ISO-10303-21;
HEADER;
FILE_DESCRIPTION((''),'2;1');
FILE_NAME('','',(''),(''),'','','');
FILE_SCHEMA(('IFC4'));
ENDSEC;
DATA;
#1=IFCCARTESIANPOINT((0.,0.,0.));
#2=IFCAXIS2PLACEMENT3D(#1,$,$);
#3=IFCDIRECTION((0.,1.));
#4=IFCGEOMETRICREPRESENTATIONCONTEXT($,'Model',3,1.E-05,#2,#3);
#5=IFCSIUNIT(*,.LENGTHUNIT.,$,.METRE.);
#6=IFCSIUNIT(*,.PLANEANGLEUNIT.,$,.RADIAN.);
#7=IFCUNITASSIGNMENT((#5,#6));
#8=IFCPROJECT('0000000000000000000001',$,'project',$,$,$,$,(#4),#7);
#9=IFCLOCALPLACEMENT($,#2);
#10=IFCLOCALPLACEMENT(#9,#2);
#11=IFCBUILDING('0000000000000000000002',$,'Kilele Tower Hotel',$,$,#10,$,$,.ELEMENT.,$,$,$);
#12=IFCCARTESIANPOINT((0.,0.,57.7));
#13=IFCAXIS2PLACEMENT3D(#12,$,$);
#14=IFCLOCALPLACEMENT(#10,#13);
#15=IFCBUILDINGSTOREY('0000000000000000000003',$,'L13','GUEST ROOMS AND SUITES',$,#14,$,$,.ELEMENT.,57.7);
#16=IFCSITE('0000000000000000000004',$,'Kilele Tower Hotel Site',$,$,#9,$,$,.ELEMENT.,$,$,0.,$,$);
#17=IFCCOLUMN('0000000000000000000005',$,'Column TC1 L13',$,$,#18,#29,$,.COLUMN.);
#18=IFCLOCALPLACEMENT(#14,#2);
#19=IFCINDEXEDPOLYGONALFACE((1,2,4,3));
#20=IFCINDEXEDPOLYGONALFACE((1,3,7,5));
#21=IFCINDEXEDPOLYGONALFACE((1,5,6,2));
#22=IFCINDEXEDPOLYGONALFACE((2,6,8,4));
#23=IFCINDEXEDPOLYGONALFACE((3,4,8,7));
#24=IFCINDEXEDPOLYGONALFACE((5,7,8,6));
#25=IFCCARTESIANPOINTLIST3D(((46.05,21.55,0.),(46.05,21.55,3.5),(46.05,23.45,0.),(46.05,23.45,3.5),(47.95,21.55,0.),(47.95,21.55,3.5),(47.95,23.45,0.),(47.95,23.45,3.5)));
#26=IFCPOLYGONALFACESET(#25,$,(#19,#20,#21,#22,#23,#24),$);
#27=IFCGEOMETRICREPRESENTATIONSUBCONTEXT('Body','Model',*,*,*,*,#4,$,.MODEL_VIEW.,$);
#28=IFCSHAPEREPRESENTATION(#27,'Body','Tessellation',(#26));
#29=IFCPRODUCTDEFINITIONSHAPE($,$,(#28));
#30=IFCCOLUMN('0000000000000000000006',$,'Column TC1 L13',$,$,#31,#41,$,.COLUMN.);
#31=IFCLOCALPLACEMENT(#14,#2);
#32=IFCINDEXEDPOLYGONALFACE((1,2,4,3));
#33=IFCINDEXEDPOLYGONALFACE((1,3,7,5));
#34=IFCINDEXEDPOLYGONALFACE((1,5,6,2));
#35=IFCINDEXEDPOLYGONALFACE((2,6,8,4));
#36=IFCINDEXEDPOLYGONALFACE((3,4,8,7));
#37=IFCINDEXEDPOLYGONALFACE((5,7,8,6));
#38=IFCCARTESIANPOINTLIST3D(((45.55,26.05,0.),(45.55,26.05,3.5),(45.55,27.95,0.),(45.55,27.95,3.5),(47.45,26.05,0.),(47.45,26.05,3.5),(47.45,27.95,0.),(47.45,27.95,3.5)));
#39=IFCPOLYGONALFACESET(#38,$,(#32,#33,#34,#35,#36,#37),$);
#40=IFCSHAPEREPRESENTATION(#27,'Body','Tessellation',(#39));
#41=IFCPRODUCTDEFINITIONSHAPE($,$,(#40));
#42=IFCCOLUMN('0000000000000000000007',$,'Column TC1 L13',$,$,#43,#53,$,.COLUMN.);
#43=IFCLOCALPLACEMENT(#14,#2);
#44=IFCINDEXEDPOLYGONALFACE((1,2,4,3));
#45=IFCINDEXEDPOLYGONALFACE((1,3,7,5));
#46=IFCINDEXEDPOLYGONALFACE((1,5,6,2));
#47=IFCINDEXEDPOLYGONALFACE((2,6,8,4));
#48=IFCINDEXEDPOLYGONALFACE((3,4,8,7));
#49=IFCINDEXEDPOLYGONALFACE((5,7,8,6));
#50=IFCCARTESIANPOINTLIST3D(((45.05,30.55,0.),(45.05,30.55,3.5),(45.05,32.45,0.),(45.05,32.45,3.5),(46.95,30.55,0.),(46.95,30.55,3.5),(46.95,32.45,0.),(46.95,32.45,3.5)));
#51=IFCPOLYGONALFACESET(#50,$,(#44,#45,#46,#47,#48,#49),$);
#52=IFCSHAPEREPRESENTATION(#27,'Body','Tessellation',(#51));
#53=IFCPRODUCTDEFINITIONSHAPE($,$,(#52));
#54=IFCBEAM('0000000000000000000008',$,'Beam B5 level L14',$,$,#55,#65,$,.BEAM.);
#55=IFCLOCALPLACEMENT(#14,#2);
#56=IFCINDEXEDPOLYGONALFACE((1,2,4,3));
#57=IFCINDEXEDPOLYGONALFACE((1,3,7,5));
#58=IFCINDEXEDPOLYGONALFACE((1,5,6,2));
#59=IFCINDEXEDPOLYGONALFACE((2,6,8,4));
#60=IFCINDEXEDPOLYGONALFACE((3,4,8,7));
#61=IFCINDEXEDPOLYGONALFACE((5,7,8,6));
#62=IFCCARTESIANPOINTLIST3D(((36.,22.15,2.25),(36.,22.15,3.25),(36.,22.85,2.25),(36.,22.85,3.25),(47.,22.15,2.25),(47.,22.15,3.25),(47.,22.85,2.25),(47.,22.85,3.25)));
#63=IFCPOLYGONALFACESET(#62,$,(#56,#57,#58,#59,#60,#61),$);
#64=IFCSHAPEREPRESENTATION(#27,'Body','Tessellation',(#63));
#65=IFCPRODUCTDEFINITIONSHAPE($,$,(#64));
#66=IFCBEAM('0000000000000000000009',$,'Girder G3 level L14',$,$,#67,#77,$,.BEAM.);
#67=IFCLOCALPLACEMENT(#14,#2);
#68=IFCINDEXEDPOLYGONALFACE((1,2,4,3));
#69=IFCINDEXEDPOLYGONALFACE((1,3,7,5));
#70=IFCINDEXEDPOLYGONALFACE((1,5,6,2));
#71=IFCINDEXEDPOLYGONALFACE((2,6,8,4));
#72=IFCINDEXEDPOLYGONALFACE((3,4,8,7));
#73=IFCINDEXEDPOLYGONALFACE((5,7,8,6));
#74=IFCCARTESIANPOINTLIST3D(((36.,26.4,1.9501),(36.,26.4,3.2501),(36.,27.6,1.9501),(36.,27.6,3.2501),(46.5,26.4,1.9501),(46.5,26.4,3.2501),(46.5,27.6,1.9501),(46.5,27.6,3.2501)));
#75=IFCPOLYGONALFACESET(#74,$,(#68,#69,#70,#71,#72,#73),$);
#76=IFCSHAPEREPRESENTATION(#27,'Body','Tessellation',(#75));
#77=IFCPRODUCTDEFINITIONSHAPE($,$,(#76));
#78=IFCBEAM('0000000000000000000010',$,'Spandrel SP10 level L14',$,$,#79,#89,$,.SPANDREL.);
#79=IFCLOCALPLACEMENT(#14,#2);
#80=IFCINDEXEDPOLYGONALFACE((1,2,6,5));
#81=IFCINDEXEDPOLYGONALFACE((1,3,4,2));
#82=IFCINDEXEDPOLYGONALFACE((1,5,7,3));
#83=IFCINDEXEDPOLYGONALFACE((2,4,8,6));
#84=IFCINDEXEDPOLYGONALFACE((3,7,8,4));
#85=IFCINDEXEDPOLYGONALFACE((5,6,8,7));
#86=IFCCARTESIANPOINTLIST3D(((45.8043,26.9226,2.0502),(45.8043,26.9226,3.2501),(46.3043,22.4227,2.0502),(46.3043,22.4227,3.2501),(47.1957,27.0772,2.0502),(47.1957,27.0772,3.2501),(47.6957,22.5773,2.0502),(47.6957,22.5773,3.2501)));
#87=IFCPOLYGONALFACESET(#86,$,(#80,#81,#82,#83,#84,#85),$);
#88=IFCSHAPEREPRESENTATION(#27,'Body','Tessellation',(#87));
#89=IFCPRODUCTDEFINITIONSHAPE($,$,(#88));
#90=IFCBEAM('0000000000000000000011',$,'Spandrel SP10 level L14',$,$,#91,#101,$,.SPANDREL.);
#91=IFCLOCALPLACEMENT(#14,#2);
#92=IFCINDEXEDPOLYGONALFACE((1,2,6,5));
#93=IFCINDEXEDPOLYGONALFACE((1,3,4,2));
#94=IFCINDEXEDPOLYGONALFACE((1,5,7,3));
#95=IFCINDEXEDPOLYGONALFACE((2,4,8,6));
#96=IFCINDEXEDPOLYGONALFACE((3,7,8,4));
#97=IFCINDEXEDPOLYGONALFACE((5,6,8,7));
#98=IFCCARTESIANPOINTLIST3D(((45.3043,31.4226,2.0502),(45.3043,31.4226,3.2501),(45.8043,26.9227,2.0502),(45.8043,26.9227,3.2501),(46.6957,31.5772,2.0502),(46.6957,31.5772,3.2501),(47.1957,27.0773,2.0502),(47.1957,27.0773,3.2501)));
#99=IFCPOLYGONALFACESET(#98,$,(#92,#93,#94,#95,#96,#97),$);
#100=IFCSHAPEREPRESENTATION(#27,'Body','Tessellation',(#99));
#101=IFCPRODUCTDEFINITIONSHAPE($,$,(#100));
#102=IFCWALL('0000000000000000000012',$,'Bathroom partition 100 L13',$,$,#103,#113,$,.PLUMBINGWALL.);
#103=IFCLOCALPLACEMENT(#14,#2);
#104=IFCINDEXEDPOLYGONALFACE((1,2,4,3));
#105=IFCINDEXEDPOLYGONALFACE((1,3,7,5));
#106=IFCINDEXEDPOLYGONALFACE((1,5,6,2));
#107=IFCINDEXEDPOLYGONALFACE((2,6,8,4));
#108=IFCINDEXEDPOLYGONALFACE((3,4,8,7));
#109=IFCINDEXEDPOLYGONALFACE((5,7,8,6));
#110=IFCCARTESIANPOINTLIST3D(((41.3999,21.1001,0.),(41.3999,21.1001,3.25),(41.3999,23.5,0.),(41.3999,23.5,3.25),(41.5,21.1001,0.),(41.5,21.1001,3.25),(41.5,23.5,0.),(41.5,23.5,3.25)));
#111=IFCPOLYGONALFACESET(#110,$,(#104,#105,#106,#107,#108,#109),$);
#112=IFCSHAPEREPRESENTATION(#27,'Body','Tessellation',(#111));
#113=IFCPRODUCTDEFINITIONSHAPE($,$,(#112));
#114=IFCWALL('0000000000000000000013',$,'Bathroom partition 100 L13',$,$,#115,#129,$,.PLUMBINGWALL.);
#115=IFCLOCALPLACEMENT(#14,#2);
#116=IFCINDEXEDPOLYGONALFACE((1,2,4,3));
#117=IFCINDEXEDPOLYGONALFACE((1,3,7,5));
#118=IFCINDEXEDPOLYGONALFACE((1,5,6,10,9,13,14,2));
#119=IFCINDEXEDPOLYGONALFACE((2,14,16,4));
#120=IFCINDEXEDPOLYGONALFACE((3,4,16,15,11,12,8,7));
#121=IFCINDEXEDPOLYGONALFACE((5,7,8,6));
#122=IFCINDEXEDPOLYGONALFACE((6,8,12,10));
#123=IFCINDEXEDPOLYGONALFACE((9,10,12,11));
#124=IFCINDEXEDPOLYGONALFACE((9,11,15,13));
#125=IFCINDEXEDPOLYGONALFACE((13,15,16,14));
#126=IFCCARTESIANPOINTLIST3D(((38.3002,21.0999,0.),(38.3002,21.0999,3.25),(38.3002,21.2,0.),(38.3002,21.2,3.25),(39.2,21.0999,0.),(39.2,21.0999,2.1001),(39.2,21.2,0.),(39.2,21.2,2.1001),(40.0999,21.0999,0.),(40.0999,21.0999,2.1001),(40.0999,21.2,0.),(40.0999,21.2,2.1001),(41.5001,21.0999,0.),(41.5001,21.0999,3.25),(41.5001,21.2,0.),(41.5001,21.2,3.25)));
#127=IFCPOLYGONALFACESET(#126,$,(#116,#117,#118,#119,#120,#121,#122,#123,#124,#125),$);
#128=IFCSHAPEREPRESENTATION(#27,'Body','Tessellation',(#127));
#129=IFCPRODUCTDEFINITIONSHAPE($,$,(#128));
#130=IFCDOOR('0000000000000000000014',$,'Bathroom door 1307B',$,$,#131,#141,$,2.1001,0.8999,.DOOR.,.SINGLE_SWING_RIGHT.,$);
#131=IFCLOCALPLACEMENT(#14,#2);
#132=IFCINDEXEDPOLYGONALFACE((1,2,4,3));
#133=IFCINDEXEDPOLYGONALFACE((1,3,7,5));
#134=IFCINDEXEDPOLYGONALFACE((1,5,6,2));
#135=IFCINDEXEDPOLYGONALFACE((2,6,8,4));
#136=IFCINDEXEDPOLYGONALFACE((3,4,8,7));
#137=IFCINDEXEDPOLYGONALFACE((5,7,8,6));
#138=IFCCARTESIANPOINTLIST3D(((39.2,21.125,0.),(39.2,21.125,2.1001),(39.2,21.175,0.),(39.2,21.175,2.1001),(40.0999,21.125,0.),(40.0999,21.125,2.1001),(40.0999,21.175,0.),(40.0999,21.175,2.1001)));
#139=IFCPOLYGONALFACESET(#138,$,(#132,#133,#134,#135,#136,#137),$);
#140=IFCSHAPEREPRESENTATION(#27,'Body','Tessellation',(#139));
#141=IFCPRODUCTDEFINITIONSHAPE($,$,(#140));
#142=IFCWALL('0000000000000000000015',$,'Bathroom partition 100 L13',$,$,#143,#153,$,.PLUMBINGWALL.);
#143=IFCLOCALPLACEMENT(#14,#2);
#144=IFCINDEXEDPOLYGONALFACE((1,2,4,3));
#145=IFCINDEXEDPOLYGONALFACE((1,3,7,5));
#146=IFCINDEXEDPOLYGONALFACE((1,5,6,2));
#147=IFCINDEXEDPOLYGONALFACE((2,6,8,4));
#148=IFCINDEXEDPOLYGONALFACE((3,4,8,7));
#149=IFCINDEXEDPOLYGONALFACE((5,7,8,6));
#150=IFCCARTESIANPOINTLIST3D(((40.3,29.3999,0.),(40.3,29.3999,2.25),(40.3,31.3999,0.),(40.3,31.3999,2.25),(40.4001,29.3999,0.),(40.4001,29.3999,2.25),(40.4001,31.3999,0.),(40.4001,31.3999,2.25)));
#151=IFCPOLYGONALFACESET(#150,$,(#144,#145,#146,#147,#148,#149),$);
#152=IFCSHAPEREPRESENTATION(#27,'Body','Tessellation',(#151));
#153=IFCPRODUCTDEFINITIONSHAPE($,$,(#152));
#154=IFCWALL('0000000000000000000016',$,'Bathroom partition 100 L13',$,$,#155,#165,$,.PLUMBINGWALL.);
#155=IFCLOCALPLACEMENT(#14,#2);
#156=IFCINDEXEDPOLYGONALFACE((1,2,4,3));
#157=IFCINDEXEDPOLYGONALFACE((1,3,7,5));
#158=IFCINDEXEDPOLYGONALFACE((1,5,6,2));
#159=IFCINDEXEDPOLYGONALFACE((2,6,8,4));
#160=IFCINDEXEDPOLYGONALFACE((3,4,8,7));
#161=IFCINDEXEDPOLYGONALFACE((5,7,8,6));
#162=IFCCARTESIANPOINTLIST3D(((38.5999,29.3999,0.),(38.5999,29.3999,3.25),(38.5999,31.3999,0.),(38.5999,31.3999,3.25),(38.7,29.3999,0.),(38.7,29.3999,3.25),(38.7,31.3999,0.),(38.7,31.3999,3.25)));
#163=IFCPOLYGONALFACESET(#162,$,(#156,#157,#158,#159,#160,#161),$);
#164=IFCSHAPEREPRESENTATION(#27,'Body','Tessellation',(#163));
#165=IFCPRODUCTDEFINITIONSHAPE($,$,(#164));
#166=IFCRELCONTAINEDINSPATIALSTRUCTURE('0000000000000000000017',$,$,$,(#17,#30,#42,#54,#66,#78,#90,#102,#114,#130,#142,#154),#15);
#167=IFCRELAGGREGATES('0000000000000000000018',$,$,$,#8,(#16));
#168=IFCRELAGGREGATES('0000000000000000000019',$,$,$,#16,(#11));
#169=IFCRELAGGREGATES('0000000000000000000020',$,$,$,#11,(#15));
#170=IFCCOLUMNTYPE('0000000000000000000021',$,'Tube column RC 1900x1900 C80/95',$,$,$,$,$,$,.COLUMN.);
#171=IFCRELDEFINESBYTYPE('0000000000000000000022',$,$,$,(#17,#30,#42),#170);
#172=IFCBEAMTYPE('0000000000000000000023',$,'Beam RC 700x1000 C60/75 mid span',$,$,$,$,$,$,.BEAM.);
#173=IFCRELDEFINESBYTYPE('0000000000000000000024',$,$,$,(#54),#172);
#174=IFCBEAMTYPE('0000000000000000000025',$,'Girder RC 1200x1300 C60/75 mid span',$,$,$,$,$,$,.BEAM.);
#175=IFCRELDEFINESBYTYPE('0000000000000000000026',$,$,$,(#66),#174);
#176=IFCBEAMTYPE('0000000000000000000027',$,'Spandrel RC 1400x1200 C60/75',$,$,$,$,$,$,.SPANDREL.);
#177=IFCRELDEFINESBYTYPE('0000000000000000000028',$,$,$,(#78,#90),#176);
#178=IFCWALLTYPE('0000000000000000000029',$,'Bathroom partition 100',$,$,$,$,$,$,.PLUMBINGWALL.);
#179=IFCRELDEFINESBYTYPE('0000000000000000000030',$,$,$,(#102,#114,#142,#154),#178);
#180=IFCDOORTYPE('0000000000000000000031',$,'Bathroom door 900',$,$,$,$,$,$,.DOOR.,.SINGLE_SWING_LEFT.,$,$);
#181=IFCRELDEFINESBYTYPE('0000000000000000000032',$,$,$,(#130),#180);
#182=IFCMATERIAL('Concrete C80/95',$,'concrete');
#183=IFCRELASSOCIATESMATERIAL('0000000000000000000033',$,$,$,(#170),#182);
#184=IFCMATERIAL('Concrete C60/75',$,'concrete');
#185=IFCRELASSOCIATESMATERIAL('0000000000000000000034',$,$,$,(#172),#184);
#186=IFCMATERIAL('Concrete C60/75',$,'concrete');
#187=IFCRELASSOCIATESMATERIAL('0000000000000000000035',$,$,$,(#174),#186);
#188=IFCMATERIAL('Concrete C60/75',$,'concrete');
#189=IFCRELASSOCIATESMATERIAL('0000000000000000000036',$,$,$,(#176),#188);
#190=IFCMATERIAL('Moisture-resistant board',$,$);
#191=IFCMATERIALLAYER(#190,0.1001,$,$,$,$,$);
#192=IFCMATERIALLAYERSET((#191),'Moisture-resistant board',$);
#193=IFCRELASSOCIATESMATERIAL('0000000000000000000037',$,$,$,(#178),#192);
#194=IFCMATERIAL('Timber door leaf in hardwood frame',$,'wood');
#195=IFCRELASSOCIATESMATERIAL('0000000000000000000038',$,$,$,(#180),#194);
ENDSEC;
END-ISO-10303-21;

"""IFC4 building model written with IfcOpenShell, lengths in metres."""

from ifc_helpers import new_model, si_unit, direction, frame, frame_2d, origin, origin_2d, place, context, subcontext, project, spatial, rectangle, extrude, material, layer, layer_set, material_profile, profile_set, type_object, element, fill, save


model = new_model("IFC4")

# Units and contexts
model_context = context("Model", 3, precision=1e-05, world=origin(), true_north=direction((0.0, 1.0)))
body_context = subcontext(model_context, "Body", "Model", "MODEL_VIEW")
ifc_project = project(units=[si_unit("LENGTHUNIT", "METRE"), si_unit("PLANEANGLEUNIT", "RADIAN")], contexts=[model_context])

# Site, building, storey
site_placement = place(None, origin())
site = spatial("IfcSite", under=ifc_project, at=site_placement, Name="Kilele Tower Hotel Site", CompositionType="ELEMENT", RefElevation=0.0)
building_placement = place(site_placement, origin())
building = spatial("IfcBuilding", under=site, at=building_placement, Name="Kilele Tower Hotel", CompositionType="ELEMENT")
storey_placement = place(building_placement, frame((0.0, 0.0, 57.7)))
storey = spatial("IfcBuildingStorey", under=building, at=storey_placement, Name="L13", Description="GUEST ROOMS AND SUITES", CompositionType="ELEMENT", Elevation=57.7)

# Columns
ifc_material_1 = material(Name="Concrete C80/95", Category="concrete")
ifc_material_profile_1 = material_profile(ifc_material_1, rectangle(XDim=1.8999, YDim=1.8999, at=origin_2d()))
ifc_profile_set_1 = profile_set([ifc_material_profile_1], Name="Concrete C80/95")
column_type = type_object("IfcColumnType", Name="Tube column RC 1900x1900 C80/95", PredefinedType="COLUMN", material=ifc_profile_set_1)
for number, where, z_axis, x_axis, name in (
    (1, (47.0, 22.5, 0.0), (0.0, 0.0, 1.0), (1.0, 0.0, 0.0), "Column TC1 L13"),
    (2, (46.5, 27.0, 0.0), (0.0, 0.0, 1.0), (1.0, 0.0, 0.0), "Column TC1 L13"),
    (3, (46.0, 31.5, 0.0), (0.0, 0.0, 1.0), (1.0, 0.0, 0.0), "Column TC1 L13"),
):
    element("IfcColumn", number, at=place(storey_placement, frame(where, z_axis=z_axis, x_axis=x_axis)), inside=storey, type_object=column_type, Name=name, PredefinedType="COLUMN", context=body_context, shape_type="SweptSolid", body=[
        extrude(rectangle(XDim=1.8999, YDim=1.8999, at=origin_2d()), origin(), (0.0, 0.0, 1.0), 3.5),
    ])

# Beams
ifc_material_2 = material(Name="Concrete C60/75", Category="concrete")
ifc_material_profile_2 = material_profile(ifc_material_2, rectangle(XDim=0.7, YDim=1.0, at=origin_2d()))
ifc_profile_set_2 = profile_set([ifc_material_profile_2], Name="Concrete C60/75")
beam_type_1 = type_object("IfcBeamType", Name="Beam RC 700x1000 C60/75 mid span", PredefinedType="BEAM", material=ifc_profile_set_2)
beam_1_placement = place(storey_placement, frame((47.0, 22.5, 2.75), z_axis=(-1.0, 0.0, 0.0), x_axis=(0.0, -1.0, 0.0)))
element("IfcBeam", 4, at=beam_1_placement, inside=storey, type_object=beam_type_1, Name="Beam B5 level L14", PredefinedType="BEAM", context=body_context, shape_type="SweptSolid", body=[
    extrude(rectangle(XDim=0.7, YDim=1.0, at=origin_2d()), origin(), (0.0, 0.0, 1.0), 11.0),
])
ifc_material_3 = material(Name="Concrete C60/75", Category="concrete")
ifc_material_profile_3 = material_profile(ifc_material_3, rectangle(XDim=1.2, YDim=1.3, at=origin_2d()))
ifc_profile_set_3 = profile_set([ifc_material_profile_3], Name="Concrete C60/75")
beam_type_2 = type_object("IfcBeamType", Name="Girder RC 1200x1300 C60/75 mid span", PredefinedType="BEAM", material=ifc_profile_set_3)
beam_2_placement = place(storey_placement, frame((46.5, 27.0, 2.6001), z_axis=(-1.0, 0.0, 0.0), x_axis=(0.0, -1.0, 0.0)))
element("IfcBeam", 5, at=beam_2_placement, inside=storey, type_object=beam_type_2, Name="Girder G3 level L14", PredefinedType="BEAM", context=body_context, shape_type="SweptSolid", body=[
    extrude(rectangle(XDim=1.2, YDim=1.3, at=origin_2d()), origin(), (0.0, 0.0, 1.0), 10.5),
])
ifc_material_4 = material(Name="Concrete C60/75", Category="concrete")
ifc_material_profile_4 = material_profile(ifc_material_4, rectangle(XDim=1.3999, YDim=1.2, at=origin_2d()))
ifc_profile_set_4 = profile_set([ifc_material_profile_4], Name="Concrete C60/75")
beam_type_3 = type_object("IfcBeamType", Name="Spandrel RC 1400x1200 C60/75", PredefinedType="SPANDREL", material=ifc_profile_set_4)
for number, where, z_axis, x_axis, name in (
    (6, (47.0, 22.5, 2.6501), (-0.110432, 0.993884, 0.0), (-0.993884, -0.110432, 0.0), "Spandrel SP10 level L14"),
    (7, (46.5, 27.0, 2.6501), (-0.110432, 0.993884, 0.0), (-0.993884, -0.110432, 0.0), "Spandrel SP10 level L14"),
):
    element("IfcBeam", number, at=place(storey_placement, frame(where, z_axis=z_axis, x_axis=x_axis)), inside=storey, type_object=beam_type_3, Name=name, PredefinedType="SPANDREL", context=body_context, shape_type="SweptSolid", body=[
        extrude(rectangle(XDim=1.3999, YDim=1.2, at=origin_2d()), origin(), (0.0, 0.0, 1.0), 4.5276),
    ])

# Wall
ifc_material_5 = material(Name="Moisture-resistant board")
ifc_layer_1 = layer(ifc_material_5, 0.1001)
ifc_layer_set_1 = layer_set([ifc_layer_1], Name="Moisture-resistant board")
wall_type_1 = type_object("IfcWallType", Name="Bathroom partition 100", PredefinedType="PLUMBINGWALL", material=ifc_layer_set_1)
wall_1_placement = place(storey_placement, frame((41.45, 21.1001, 0.0), z_axis=(0.0, 0.0, 1.0), x_axis=(0.0, 1.0, 0.0)))
element("IfcWall", 8, at=wall_1_placement, inside=storey, type_object=wall_type_1, Name="Bathroom partition 100 L13", PredefinedType="PLUMBINGWALL", context=body_context, shape_type="SweptSolid", body=[
    extrude(rectangle(XDim=2.3999, YDim=0.1001, at=frame_2d((1.2, 0.0))), origin(), (0.0, 0.0, 1.0), 3.25),
])

# Wall, opening, door
wall_2_placement = place(storey_placement, frame((38.3, 21.1499, 0.0), z_axis=(0.0, 0.0, 1.0), x_axis=(1.0, 0.0, 0.0)))
wall_2 = element("IfcWall", 9, at=wall_2_placement, inside=storey, type_object=wall_type_1, Name="Bathroom partition 100 L13", PredefinedType="PLUMBINGWALL", context=body_context, shape_type="SweptSolid", body=[
    extrude(rectangle(XDim=3.2, YDim=0.1001, at=frame_2d((1.6001, 0.0))), origin(), (0.0, 0.0, 1.0), 3.25),
])
opening_1_placement = place(wall_2_placement, frame((1.7998, 0.0, 0.0), z_axis=(0.0, 0.0, 1.0), x_axis=(-1.0, 0.0, 0.0)))
opening_1 = element("IfcOpeningElement", 10, at=opening_1_placement, cuts=wall_2, PredefinedType="OPENING", context=body_context, shape_type="SweptSolid", body=[
    extrude(rectangle(XDim=0.8999, YDim=2.1001, at=frame_2d((0.45, 1.05))), frame((0.0, 0.0601, 0.0), z_axis=(0.0, -1.0, 0.0), x_axis=(1.0, 0.0, 0.0)), (0.0, 0.0, 1.0), 0.1201),
])
ifc_material_6 = material(Name="Timber door leaf in hardwood frame", Category="wood")
door_type_1 = type_object("IfcDoorType", Name="Bathroom door 900", OperationType="SINGLE_SWING_LEFT", PredefinedType="DOOR", material=ifc_material_6)
door_1_placement = place(opening_1_placement, origin())
door_1 = element("IfcDoor", 11, at=door_1_placement, inside=storey, type_object=door_type_1, Name="Bathroom door 1307B", OperationType="SINGLE_SWING_RIGHT", OverallHeight=2.1001, OverallWidth=0.8999, PredefinedType="DOOR", context=body_context, shape_type="SweptSolid", body=[
    extrude(rectangle(XDim=0.8999, YDim=2.1001, at=frame_2d((0.45, 1.05))), frame((0.0, 0.0249, 0.0), z_axis=(0.0, -1.0, 0.0), x_axis=(1.0, 0.0, 0.0)), (0.0, 0.0, 1.0), 0.05),
])
fill(opening_1, door_1)

# Walls
wall_3_placement = place(storey_placement, frame((40.3501, 31.3999, 0.0), z_axis=(0.0, 0.0, 1.0), x_axis=(0.0, -1.0, 0.0)))
element("IfcWall", 12, at=wall_3_placement, inside=storey, type_object=wall_type_1, Name="Bathroom partition 100 L13", PredefinedType="PLUMBINGWALL", context=body_context, shape_type="SweptSolid", body=[
    extrude(rectangle(XDim=2.0, YDim=0.1001, at=frame_2d((1.0, 0.0))), origin(), (0.0, 0.0, 1.0), 2.25),
])
wall_4_placement = place(storey_placement, frame((38.6499, 31.3999, 0.0), z_axis=(0.0, 0.0, 1.0), x_axis=(0.0, -1.0, 0.0)))
element("IfcWall", 13, at=wall_4_placement, inside=storey, type_object=wall_type_1, Name="Bathroom partition 100 L13", PredefinedType="PLUMBINGWALL", context=body_context, shape_type="SweptSolid", body=[
    extrude(rectangle(XDim=2.0, YDim=0.1001, at=frame_2d((1.0, 0.0))), origin(), (0.0, 0.0, 1.0), 3.25),
])

save(model, "model.ifc")
